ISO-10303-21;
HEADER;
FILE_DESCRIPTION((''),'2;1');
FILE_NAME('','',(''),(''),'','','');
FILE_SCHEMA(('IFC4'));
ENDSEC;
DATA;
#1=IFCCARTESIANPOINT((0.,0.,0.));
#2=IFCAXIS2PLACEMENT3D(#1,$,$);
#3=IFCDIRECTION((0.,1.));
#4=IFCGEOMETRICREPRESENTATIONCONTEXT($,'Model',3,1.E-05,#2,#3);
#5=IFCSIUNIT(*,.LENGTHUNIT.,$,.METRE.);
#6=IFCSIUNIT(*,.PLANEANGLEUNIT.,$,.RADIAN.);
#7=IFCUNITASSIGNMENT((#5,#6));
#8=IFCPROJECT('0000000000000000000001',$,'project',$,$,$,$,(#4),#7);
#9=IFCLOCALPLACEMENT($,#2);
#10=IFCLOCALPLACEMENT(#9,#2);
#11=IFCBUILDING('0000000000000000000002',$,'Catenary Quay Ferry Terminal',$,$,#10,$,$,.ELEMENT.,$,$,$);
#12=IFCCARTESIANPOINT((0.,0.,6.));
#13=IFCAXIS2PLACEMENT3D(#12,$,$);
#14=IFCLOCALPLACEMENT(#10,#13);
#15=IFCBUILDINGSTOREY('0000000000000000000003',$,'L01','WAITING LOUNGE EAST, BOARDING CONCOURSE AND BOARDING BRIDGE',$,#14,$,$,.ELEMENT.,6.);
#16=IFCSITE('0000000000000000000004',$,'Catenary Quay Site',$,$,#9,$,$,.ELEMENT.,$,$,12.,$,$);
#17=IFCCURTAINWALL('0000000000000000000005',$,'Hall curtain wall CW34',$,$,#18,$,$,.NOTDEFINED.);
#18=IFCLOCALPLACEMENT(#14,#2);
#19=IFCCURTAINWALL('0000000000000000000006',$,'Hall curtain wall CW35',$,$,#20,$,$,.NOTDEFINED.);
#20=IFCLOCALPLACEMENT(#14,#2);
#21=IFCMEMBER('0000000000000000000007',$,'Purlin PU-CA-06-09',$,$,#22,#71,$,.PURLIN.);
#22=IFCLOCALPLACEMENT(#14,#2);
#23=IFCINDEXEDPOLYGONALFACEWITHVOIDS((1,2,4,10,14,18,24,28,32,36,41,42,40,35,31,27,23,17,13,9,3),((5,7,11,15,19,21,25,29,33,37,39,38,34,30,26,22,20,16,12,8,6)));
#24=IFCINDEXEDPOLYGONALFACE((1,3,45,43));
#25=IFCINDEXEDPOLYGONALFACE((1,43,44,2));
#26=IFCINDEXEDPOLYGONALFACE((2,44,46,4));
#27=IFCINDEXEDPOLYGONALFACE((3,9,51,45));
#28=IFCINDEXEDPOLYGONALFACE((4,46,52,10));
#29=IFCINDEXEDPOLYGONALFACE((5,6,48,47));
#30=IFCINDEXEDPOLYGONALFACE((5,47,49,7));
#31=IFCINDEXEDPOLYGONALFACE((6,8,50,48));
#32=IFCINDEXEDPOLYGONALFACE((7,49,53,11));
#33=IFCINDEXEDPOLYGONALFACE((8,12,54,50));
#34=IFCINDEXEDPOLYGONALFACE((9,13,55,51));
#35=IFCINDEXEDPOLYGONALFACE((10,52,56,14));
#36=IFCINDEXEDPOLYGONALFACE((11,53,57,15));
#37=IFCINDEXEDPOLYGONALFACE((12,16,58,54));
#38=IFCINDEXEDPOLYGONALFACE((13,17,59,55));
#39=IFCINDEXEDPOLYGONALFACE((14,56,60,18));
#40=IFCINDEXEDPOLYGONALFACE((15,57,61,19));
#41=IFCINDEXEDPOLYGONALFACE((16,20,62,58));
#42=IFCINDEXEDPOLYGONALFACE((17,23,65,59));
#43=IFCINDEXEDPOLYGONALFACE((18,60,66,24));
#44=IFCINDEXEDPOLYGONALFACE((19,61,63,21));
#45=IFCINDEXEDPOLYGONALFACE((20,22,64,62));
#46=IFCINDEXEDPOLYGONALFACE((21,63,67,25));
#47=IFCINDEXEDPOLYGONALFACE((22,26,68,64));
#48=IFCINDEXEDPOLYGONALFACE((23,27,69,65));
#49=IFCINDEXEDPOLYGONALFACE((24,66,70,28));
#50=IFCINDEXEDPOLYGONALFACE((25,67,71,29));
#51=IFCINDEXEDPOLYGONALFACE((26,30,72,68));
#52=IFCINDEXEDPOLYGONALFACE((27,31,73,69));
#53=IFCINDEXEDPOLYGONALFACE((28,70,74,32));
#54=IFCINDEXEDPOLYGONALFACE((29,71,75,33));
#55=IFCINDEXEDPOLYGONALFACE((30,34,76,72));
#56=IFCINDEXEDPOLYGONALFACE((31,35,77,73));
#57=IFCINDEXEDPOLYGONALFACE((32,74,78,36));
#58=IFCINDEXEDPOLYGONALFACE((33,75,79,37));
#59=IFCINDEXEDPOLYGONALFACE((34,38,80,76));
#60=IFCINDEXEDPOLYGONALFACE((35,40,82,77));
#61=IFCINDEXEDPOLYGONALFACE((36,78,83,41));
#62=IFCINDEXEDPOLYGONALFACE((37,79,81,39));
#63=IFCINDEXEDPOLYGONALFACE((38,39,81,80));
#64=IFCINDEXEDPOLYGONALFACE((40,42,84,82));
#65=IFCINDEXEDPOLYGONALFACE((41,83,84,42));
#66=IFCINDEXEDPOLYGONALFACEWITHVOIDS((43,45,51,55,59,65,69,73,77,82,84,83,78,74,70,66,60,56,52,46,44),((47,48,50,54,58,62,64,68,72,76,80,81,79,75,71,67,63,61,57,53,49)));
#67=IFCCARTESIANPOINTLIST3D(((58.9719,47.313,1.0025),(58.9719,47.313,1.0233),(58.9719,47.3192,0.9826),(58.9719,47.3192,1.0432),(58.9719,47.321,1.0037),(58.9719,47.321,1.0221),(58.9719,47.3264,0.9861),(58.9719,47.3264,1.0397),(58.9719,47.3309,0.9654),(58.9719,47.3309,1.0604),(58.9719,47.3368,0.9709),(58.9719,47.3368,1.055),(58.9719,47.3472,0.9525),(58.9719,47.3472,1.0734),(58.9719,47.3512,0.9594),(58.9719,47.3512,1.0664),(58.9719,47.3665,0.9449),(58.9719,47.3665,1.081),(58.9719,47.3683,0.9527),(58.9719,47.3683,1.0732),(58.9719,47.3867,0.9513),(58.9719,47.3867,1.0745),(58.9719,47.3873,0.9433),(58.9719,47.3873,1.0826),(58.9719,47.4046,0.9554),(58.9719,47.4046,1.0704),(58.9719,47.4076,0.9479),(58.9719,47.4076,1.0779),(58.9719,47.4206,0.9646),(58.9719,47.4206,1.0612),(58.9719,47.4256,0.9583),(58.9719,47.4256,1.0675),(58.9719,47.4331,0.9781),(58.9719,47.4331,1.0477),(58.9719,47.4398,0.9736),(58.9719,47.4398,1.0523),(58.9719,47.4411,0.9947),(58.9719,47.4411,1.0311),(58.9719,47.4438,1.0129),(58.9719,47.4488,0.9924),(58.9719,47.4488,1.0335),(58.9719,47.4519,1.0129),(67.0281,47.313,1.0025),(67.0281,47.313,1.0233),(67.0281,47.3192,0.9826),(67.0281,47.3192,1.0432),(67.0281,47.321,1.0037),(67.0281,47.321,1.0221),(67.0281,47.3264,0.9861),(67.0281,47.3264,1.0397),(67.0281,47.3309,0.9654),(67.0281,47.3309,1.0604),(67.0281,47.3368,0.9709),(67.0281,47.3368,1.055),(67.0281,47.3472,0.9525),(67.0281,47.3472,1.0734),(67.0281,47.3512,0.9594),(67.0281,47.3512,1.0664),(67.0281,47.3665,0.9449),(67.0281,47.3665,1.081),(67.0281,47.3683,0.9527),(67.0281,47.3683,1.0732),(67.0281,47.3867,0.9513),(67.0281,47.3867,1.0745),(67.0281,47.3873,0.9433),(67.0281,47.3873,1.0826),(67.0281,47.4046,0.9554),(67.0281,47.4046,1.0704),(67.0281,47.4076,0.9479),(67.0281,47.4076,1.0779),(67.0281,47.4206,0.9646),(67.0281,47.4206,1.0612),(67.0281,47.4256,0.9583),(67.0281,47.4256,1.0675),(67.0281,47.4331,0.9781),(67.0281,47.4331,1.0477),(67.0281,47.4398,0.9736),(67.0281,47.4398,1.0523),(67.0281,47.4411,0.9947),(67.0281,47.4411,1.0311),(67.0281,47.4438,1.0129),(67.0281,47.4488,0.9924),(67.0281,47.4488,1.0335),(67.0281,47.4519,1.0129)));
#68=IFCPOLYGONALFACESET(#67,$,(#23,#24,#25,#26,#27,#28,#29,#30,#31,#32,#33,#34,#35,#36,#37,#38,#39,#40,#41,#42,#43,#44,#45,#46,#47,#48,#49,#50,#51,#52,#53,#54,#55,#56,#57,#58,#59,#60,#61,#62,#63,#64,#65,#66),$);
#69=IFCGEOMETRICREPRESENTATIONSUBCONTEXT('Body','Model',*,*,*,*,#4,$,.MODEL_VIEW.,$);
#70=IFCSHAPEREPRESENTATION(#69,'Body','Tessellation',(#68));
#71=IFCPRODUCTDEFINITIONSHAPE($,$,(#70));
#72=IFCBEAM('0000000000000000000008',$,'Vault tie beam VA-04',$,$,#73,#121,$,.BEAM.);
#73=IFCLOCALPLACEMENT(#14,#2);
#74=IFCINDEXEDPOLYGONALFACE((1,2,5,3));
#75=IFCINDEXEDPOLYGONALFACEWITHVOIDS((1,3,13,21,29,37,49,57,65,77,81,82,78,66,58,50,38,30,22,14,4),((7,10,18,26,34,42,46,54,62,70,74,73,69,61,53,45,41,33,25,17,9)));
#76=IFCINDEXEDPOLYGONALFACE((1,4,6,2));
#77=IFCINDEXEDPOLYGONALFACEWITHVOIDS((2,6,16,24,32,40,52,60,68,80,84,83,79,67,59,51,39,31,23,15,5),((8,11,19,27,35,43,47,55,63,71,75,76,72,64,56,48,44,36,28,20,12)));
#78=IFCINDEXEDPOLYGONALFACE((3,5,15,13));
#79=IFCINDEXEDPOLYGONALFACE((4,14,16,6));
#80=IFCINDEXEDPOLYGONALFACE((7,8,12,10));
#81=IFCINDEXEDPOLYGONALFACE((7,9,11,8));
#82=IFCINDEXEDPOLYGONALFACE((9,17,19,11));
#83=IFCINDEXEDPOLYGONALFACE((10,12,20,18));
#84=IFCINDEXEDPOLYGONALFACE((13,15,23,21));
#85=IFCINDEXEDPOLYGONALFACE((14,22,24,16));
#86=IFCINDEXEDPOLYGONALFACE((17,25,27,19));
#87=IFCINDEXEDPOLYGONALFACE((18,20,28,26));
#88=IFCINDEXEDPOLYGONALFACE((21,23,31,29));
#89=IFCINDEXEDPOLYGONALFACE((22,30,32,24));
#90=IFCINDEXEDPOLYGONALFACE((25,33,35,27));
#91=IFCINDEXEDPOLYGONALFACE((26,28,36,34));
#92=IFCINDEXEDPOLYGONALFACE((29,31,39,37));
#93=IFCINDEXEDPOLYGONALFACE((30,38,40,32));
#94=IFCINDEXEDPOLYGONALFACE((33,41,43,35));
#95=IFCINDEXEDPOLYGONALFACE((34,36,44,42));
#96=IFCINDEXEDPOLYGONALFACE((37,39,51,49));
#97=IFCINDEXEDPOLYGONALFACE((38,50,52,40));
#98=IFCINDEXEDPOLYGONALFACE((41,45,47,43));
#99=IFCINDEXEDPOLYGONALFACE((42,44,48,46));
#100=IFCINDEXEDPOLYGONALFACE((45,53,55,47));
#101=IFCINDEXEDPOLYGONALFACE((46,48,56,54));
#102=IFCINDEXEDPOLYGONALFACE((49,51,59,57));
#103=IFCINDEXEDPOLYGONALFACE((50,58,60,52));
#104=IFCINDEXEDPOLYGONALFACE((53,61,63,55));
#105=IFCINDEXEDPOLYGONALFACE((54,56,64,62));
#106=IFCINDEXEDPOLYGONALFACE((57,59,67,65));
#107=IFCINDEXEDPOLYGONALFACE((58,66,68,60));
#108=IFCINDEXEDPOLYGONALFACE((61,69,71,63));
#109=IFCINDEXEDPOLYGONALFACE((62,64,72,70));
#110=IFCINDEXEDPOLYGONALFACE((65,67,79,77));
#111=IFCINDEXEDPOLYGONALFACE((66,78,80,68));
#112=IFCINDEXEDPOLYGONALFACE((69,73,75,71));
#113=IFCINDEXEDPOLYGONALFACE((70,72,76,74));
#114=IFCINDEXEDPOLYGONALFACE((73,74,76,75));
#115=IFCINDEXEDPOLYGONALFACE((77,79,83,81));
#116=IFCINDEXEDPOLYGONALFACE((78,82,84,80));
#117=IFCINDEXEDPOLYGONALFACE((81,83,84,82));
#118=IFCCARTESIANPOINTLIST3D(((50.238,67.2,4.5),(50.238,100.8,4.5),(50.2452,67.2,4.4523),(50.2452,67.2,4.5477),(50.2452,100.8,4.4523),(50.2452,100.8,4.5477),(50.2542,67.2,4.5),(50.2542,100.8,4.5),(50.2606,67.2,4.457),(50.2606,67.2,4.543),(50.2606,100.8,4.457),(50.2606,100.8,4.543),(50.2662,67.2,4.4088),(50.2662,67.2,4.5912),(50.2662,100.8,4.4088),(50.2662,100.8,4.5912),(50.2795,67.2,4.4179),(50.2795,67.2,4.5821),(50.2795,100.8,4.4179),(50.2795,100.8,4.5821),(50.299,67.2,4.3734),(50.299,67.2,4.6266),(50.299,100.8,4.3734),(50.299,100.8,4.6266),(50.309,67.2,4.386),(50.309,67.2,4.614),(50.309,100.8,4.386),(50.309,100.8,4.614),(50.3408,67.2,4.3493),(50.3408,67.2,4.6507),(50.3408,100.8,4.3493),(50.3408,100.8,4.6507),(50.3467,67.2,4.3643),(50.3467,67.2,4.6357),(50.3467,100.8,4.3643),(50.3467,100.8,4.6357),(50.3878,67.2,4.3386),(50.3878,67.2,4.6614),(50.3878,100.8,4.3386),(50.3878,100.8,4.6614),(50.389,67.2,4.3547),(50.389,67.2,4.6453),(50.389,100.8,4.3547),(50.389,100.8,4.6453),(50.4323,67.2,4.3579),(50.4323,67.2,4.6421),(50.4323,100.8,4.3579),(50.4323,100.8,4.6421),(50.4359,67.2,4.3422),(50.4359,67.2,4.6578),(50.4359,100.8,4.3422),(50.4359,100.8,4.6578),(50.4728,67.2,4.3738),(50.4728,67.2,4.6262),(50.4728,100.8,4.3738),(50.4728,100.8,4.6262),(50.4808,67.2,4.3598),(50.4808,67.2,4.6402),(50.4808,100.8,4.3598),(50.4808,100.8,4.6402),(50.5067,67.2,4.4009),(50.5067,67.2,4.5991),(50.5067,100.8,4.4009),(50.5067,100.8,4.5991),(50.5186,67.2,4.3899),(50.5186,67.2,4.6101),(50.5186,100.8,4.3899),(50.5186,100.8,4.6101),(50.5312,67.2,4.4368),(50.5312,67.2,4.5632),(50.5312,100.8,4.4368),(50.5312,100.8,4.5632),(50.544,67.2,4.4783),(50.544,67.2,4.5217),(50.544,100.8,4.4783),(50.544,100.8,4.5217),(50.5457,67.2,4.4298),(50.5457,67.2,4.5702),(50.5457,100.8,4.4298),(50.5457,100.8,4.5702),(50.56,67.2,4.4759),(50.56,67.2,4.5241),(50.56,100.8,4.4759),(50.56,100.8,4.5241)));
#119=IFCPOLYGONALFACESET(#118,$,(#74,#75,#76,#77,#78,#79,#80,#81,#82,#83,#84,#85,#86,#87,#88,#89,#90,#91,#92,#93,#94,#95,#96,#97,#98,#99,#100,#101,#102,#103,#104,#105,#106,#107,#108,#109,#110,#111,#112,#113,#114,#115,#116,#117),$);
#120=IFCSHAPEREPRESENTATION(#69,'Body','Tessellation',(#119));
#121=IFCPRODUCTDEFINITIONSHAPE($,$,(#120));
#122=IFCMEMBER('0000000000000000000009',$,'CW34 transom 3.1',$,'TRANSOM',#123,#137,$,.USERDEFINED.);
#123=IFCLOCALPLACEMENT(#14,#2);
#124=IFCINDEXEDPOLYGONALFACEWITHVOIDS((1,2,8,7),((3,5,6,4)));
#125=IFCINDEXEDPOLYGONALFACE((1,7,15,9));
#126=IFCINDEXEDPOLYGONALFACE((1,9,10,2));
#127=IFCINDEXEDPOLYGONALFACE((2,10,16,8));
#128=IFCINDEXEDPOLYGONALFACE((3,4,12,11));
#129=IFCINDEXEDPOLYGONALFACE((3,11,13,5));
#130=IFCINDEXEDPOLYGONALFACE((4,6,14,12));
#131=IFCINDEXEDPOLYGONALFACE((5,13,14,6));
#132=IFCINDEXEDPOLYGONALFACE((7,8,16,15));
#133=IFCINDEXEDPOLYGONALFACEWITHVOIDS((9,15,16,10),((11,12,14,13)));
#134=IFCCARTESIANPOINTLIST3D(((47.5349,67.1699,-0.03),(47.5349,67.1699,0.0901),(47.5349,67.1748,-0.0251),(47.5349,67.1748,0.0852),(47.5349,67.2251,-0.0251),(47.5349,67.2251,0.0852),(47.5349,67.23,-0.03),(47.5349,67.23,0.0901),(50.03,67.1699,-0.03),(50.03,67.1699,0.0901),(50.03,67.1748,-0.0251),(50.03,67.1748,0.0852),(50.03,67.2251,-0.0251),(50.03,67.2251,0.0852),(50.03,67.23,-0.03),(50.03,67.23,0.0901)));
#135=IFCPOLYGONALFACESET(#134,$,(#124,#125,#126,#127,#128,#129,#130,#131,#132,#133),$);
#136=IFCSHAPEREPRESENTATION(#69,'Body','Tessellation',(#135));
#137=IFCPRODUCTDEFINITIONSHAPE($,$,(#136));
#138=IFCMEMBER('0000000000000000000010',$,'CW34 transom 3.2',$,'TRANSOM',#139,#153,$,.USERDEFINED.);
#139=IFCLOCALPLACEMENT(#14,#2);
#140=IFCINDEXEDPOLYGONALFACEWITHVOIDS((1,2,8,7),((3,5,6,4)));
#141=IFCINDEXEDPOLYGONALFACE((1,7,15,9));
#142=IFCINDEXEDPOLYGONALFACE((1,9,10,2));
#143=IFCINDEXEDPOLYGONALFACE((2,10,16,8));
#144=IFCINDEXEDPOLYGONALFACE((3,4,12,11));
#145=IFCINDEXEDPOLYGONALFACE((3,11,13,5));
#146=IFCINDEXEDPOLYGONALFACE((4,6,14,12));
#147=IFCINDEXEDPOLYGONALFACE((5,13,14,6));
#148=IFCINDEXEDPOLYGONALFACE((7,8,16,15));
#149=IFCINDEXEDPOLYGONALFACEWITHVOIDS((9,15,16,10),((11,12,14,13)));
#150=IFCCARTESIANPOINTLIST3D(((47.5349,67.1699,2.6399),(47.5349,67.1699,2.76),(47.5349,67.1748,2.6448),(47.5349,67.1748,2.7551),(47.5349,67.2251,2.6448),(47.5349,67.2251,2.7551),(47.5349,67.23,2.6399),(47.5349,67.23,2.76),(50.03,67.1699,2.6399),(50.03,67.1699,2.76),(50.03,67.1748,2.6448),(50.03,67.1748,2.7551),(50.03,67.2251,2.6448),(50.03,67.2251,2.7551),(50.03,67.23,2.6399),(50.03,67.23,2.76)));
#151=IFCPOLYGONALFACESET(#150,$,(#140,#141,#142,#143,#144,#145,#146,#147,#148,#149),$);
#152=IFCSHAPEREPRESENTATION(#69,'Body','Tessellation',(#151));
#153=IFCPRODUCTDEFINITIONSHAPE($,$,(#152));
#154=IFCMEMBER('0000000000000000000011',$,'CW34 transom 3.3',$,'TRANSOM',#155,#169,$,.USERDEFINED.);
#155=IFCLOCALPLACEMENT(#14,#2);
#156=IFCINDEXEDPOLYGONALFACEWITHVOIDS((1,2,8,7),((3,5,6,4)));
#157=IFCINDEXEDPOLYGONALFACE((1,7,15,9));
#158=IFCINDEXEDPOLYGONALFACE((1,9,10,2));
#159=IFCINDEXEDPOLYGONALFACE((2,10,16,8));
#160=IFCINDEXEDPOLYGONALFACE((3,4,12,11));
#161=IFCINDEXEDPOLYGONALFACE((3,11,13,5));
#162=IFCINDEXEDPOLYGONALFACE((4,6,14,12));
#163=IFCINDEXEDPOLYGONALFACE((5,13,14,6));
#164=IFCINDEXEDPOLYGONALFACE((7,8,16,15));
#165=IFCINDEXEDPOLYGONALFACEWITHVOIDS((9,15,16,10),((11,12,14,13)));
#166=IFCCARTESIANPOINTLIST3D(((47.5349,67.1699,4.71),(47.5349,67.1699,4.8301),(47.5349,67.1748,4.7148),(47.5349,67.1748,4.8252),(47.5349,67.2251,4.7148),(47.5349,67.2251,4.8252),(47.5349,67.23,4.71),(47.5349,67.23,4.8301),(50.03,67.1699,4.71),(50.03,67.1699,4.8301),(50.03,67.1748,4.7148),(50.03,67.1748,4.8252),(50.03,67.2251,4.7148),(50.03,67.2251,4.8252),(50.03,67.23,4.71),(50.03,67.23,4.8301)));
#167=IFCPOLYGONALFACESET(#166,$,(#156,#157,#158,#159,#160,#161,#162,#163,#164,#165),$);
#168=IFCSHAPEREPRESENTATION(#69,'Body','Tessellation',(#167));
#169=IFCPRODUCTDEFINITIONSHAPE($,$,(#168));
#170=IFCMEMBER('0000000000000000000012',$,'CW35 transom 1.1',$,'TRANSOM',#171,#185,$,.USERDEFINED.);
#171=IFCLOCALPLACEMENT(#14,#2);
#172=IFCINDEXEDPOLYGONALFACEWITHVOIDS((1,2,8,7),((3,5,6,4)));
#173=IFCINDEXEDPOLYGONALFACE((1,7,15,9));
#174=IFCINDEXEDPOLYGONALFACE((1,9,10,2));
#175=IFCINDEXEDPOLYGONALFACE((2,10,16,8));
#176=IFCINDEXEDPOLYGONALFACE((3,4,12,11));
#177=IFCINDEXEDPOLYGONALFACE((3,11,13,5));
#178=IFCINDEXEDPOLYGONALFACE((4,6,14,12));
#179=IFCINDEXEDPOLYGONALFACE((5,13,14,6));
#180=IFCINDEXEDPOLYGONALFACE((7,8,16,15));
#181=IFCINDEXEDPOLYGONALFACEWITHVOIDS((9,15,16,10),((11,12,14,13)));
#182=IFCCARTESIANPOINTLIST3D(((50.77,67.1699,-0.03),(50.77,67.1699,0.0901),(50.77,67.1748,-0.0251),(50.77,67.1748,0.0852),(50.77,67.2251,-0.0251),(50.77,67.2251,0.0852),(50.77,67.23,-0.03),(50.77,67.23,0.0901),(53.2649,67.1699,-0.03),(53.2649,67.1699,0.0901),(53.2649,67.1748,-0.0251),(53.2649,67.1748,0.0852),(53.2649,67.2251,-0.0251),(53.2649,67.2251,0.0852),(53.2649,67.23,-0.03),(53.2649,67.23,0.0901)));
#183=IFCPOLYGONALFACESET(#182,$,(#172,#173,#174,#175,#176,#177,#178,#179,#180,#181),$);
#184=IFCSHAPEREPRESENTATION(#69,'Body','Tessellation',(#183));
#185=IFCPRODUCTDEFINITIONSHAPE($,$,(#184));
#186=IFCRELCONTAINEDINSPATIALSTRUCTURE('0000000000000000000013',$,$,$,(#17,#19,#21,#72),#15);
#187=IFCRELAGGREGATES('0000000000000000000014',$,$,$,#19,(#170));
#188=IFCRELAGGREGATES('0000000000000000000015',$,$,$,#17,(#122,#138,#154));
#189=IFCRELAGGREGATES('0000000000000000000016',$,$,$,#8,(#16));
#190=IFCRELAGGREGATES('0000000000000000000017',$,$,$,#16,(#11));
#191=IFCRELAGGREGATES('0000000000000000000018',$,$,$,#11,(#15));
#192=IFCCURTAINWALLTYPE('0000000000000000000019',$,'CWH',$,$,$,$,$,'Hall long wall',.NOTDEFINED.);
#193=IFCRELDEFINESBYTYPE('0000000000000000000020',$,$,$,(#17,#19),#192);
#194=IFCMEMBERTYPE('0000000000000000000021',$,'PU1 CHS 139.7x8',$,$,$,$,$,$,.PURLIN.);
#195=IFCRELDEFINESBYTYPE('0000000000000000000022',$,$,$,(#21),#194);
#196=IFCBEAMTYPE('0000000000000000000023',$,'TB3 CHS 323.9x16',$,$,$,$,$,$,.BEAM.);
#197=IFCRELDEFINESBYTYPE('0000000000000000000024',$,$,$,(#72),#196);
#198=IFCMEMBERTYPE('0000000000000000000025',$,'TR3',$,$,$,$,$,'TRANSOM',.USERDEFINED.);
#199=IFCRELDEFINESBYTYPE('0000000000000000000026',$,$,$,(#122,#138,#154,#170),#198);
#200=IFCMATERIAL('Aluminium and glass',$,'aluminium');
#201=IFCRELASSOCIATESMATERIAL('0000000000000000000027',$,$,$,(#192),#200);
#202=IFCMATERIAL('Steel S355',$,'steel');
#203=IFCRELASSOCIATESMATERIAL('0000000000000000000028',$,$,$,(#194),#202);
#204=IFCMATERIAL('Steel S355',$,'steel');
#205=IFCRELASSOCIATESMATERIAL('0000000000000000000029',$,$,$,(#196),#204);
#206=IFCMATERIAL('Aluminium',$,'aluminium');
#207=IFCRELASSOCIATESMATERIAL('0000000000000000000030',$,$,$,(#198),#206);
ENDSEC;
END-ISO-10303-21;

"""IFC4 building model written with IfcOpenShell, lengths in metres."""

from ifc_helpers import new_model, si_unit, direction, frame, origin, origin_2d, place, context, subcontext, project, spatial, hollow_rectangle, hollow_circle, extrude, material, material_profile, profile_set, type_object, element, aggregate, save


model = new_model("IFC4")

# Units and contexts
model_context = context("Model", 3, precision=1e-05, world=origin(), true_north=direction((0.0, 1.0)))
body_context = subcontext(model_context, "Body", "Model", "MODEL_VIEW")
ifc_project = project(units=[si_unit("LENGTHUNIT", "METRE"), si_unit("PLANEANGLEUNIT", "RADIAN")], contexts=[model_context])

# Site, building, storey
site_placement = place(None, origin())
site = spatial("IfcSite", under=ifc_project, at=site_placement, Name="Catenary Quay Site", CompositionType="ELEMENT", RefElevation=12.0)
building_placement = place(site_placement, origin())
building = spatial("IfcBuilding", under=site, at=building_placement, Name="Catenary Quay Ferry Terminal", CompositionType="ELEMENT")
storey_placement = place(building_placement, frame((0.0, 0.0, 6.0)))
storey = spatial("IfcBuildingStorey", under=building, at=storey_placement, Name="L01", Description="WAITING LOUNGE EAST, BOARDING CONCOURSE AND BOARDING BRIDGE", CompositionType="ELEMENT", Elevation=6.0)

# Curtain wall
ifc_material_1 = material(Name="Aluminium and glass", Category="aluminium")
curtain_wall_type = type_object("IfcCurtainWallType", Name="CWH", ElementType="Hall long wall", PredefinedType="NOTDEFINED", material=ifc_material_1)
curtain_wall_1_placement = place(storey_placement, origin())
curtain_wall_1 = element("IfcCurtainWall", 1, at=curtain_wall_1_placement, inside=storey, type_object=curtain_wall_type, Name="Hall curtain wall CW34", PredefinedType="NOTDEFINED")

# Curtain wall
curtain_wall_2_placement = place(storey_placement, origin())
curtain_wall_2 = element("IfcCurtainWall", 2, at=curtain_wall_2_placement, inside=storey, type_object=curtain_wall_type, Name="Hall curtain wall CW35", PredefinedType="NOTDEFINED")

# Member
ifc_material_2 = material(Name="Steel S355", Category="steel")
ifc_material_profile_1 = material_profile(ifc_material_2, hollow_circle(Radius=0.0698, WallThickness=0.0081, at=origin_2d()), Name="CHS 139.7x8")
ifc_profile_set_1 = profile_set([ifc_material_profile_1], Name="Steel S355")
member_type_1 = type_object("IfcMemberType", Name="PU1 CHS 139.7x8", PredefinedType="PURLIN", material=ifc_profile_set_1)
for number, where, z_axis, x_axis, name in (
    (3, (58.9719, 47.3821, 1.0129), (1.0, 0.0, 0.0), (0.0, 1.0, 0.0), "Purlin PU-CA-06-09"),
):
    element("IfcMember", number, at=place(storey_placement, frame(where, z_axis=z_axis, x_axis=x_axis)), inside=storey, type_object=member_type_1, Name=name, PredefinedType="PURLIN", context=body_context, shape_type="SweptSolid", body=[
        extrude(hollow_circle(Radius=0.0698, WallThickness=0.0081, at=origin_2d()), origin(), (0.0, 0.0, 1.0), 8.0562),
    ])

# Beam
ifc_material_3 = material(Name="Steel S355", Category="steel")
ifc_material_profile_2 = material_profile(ifc_material_3, hollow_circle(Radius=0.1619, WallThickness=0.0161, at=origin_2d()), Name="CHS 323.9x16")
ifc_profile_set_2 = profile_set([ifc_material_profile_2], Name="Steel S355")
beam_type_1 = type_object("IfcBeamType", Name="TB3 CHS 323.9x16", PredefinedType="BEAM", material=ifc_profile_set_2)
beam_1_placement = place(storey_placement, frame((50.3999, 67.2, 4.5), z_axis=(0.0, 1.0, 0.0), x_axis=(-1.0, 0.0, 0.0)))
element("IfcBeam", 4, at=beam_1_placement, inside=storey, type_object=beam_type_1, Name="Vault tie beam VA-04", PredefinedType="BEAM", context=body_context, shape_type="SweptSolid", body=[
    extrude(hollow_circle(Radius=0.1619, WallThickness=0.0161, at=origin_2d()), origin(), (0.0, 0.0, 1.0), 33.6001),
])

# Members
ifc_material_4 = material(Name="Aluminium", Category="aluminium")
ifc_material_profile_3 = material_profile(ifc_material_4, hollow_rectangle(XDim=0.0601, YDim=0.1201, WallThickness=0.0049, at=origin_2d()), Name="TR3")
ifc_profile_set_3 = profile_set([ifc_material_profile_3], Name="Aluminium")
member_type_2 = type_object("IfcMemberType", Name="TR3", ElementType="TRANSOM", PredefinedType="USERDEFINED", material=ifc_profile_set_3)
member_1_placement = place(storey_placement, frame((47.5349, 67.2, 0.03), z_axis=(1.0, 0.0, 0.0), x_axis=(0.0, 1.0, 0.0)))
member_1 = element("IfcMember", 5, at=member_1_placement, type_object=member_type_2, Name="CW34 transom 3.1", ObjectType="TRANSOM", PredefinedType="USERDEFINED", context=body_context, shape_type="SweptSolid", body=[
    extrude(hollow_rectangle(XDim=0.0601, YDim=0.1201, WallThickness=0.0049, at=origin_2d()), origin(), (0.0, 0.0, 1.0), 2.4951),
])
member_2_placement = place(storey_placement, frame((47.5349, 67.2, 2.7), z_axis=(1.0, 0.0, 0.0), x_axis=(0.0, 1.0, 0.0)))
member_2 = element("IfcMember", 6, at=member_2_placement, type_object=member_type_2, Name="CW34 transom 3.2", ObjectType="TRANSOM", PredefinedType="USERDEFINED", context=body_context, shape_type="SweptSolid", body=[
    extrude(hollow_rectangle(XDim=0.0601, YDim=0.1201, WallThickness=0.0049, at=origin_2d()), origin(), (0.0, 0.0, 1.0), 2.4951),
])
member_3_placement = place(storey_placement, frame((47.5349, 67.2, 4.77), z_axis=(1.0, 0.0, 0.0), x_axis=(0.0, 1.0, 0.0)))
member_3 = element("IfcMember", 7, at=member_3_placement, type_object=member_type_2, Name="CW34 transom 3.3", ObjectType="TRANSOM", PredefinedType="USERDEFINED", context=body_context, shape_type="SweptSolid", body=[
    extrude(hollow_rectangle(XDim=0.0601, YDim=0.1201, WallThickness=0.0049, at=origin_2d()), origin(), (0.0, 0.0, 1.0), 2.4951),
])
member_4_placement = place(storey_placement, frame((50.77, 67.2, 0.03), z_axis=(1.0, 0.0, 0.0), x_axis=(0.0, 1.0, 0.0)))
member_4 = element("IfcMember", 8, at=member_4_placement, type_object=member_type_2, Name="CW35 transom 1.1", ObjectType="TRANSOM", PredefinedType="USERDEFINED", context=body_context, shape_type="SweptSolid", body=[
    extrude(hollow_rectangle(XDim=0.0601, YDim=0.1201, WallThickness=0.0049, at=origin_2d()), origin(), (0.0, 0.0, 1.0), 2.4949),
])
aggregate(curtain_wall_2, [member_4])

aggregate(curtain_wall_1, [member_1, member_2, member_3])

save(model, "model.ifc")
